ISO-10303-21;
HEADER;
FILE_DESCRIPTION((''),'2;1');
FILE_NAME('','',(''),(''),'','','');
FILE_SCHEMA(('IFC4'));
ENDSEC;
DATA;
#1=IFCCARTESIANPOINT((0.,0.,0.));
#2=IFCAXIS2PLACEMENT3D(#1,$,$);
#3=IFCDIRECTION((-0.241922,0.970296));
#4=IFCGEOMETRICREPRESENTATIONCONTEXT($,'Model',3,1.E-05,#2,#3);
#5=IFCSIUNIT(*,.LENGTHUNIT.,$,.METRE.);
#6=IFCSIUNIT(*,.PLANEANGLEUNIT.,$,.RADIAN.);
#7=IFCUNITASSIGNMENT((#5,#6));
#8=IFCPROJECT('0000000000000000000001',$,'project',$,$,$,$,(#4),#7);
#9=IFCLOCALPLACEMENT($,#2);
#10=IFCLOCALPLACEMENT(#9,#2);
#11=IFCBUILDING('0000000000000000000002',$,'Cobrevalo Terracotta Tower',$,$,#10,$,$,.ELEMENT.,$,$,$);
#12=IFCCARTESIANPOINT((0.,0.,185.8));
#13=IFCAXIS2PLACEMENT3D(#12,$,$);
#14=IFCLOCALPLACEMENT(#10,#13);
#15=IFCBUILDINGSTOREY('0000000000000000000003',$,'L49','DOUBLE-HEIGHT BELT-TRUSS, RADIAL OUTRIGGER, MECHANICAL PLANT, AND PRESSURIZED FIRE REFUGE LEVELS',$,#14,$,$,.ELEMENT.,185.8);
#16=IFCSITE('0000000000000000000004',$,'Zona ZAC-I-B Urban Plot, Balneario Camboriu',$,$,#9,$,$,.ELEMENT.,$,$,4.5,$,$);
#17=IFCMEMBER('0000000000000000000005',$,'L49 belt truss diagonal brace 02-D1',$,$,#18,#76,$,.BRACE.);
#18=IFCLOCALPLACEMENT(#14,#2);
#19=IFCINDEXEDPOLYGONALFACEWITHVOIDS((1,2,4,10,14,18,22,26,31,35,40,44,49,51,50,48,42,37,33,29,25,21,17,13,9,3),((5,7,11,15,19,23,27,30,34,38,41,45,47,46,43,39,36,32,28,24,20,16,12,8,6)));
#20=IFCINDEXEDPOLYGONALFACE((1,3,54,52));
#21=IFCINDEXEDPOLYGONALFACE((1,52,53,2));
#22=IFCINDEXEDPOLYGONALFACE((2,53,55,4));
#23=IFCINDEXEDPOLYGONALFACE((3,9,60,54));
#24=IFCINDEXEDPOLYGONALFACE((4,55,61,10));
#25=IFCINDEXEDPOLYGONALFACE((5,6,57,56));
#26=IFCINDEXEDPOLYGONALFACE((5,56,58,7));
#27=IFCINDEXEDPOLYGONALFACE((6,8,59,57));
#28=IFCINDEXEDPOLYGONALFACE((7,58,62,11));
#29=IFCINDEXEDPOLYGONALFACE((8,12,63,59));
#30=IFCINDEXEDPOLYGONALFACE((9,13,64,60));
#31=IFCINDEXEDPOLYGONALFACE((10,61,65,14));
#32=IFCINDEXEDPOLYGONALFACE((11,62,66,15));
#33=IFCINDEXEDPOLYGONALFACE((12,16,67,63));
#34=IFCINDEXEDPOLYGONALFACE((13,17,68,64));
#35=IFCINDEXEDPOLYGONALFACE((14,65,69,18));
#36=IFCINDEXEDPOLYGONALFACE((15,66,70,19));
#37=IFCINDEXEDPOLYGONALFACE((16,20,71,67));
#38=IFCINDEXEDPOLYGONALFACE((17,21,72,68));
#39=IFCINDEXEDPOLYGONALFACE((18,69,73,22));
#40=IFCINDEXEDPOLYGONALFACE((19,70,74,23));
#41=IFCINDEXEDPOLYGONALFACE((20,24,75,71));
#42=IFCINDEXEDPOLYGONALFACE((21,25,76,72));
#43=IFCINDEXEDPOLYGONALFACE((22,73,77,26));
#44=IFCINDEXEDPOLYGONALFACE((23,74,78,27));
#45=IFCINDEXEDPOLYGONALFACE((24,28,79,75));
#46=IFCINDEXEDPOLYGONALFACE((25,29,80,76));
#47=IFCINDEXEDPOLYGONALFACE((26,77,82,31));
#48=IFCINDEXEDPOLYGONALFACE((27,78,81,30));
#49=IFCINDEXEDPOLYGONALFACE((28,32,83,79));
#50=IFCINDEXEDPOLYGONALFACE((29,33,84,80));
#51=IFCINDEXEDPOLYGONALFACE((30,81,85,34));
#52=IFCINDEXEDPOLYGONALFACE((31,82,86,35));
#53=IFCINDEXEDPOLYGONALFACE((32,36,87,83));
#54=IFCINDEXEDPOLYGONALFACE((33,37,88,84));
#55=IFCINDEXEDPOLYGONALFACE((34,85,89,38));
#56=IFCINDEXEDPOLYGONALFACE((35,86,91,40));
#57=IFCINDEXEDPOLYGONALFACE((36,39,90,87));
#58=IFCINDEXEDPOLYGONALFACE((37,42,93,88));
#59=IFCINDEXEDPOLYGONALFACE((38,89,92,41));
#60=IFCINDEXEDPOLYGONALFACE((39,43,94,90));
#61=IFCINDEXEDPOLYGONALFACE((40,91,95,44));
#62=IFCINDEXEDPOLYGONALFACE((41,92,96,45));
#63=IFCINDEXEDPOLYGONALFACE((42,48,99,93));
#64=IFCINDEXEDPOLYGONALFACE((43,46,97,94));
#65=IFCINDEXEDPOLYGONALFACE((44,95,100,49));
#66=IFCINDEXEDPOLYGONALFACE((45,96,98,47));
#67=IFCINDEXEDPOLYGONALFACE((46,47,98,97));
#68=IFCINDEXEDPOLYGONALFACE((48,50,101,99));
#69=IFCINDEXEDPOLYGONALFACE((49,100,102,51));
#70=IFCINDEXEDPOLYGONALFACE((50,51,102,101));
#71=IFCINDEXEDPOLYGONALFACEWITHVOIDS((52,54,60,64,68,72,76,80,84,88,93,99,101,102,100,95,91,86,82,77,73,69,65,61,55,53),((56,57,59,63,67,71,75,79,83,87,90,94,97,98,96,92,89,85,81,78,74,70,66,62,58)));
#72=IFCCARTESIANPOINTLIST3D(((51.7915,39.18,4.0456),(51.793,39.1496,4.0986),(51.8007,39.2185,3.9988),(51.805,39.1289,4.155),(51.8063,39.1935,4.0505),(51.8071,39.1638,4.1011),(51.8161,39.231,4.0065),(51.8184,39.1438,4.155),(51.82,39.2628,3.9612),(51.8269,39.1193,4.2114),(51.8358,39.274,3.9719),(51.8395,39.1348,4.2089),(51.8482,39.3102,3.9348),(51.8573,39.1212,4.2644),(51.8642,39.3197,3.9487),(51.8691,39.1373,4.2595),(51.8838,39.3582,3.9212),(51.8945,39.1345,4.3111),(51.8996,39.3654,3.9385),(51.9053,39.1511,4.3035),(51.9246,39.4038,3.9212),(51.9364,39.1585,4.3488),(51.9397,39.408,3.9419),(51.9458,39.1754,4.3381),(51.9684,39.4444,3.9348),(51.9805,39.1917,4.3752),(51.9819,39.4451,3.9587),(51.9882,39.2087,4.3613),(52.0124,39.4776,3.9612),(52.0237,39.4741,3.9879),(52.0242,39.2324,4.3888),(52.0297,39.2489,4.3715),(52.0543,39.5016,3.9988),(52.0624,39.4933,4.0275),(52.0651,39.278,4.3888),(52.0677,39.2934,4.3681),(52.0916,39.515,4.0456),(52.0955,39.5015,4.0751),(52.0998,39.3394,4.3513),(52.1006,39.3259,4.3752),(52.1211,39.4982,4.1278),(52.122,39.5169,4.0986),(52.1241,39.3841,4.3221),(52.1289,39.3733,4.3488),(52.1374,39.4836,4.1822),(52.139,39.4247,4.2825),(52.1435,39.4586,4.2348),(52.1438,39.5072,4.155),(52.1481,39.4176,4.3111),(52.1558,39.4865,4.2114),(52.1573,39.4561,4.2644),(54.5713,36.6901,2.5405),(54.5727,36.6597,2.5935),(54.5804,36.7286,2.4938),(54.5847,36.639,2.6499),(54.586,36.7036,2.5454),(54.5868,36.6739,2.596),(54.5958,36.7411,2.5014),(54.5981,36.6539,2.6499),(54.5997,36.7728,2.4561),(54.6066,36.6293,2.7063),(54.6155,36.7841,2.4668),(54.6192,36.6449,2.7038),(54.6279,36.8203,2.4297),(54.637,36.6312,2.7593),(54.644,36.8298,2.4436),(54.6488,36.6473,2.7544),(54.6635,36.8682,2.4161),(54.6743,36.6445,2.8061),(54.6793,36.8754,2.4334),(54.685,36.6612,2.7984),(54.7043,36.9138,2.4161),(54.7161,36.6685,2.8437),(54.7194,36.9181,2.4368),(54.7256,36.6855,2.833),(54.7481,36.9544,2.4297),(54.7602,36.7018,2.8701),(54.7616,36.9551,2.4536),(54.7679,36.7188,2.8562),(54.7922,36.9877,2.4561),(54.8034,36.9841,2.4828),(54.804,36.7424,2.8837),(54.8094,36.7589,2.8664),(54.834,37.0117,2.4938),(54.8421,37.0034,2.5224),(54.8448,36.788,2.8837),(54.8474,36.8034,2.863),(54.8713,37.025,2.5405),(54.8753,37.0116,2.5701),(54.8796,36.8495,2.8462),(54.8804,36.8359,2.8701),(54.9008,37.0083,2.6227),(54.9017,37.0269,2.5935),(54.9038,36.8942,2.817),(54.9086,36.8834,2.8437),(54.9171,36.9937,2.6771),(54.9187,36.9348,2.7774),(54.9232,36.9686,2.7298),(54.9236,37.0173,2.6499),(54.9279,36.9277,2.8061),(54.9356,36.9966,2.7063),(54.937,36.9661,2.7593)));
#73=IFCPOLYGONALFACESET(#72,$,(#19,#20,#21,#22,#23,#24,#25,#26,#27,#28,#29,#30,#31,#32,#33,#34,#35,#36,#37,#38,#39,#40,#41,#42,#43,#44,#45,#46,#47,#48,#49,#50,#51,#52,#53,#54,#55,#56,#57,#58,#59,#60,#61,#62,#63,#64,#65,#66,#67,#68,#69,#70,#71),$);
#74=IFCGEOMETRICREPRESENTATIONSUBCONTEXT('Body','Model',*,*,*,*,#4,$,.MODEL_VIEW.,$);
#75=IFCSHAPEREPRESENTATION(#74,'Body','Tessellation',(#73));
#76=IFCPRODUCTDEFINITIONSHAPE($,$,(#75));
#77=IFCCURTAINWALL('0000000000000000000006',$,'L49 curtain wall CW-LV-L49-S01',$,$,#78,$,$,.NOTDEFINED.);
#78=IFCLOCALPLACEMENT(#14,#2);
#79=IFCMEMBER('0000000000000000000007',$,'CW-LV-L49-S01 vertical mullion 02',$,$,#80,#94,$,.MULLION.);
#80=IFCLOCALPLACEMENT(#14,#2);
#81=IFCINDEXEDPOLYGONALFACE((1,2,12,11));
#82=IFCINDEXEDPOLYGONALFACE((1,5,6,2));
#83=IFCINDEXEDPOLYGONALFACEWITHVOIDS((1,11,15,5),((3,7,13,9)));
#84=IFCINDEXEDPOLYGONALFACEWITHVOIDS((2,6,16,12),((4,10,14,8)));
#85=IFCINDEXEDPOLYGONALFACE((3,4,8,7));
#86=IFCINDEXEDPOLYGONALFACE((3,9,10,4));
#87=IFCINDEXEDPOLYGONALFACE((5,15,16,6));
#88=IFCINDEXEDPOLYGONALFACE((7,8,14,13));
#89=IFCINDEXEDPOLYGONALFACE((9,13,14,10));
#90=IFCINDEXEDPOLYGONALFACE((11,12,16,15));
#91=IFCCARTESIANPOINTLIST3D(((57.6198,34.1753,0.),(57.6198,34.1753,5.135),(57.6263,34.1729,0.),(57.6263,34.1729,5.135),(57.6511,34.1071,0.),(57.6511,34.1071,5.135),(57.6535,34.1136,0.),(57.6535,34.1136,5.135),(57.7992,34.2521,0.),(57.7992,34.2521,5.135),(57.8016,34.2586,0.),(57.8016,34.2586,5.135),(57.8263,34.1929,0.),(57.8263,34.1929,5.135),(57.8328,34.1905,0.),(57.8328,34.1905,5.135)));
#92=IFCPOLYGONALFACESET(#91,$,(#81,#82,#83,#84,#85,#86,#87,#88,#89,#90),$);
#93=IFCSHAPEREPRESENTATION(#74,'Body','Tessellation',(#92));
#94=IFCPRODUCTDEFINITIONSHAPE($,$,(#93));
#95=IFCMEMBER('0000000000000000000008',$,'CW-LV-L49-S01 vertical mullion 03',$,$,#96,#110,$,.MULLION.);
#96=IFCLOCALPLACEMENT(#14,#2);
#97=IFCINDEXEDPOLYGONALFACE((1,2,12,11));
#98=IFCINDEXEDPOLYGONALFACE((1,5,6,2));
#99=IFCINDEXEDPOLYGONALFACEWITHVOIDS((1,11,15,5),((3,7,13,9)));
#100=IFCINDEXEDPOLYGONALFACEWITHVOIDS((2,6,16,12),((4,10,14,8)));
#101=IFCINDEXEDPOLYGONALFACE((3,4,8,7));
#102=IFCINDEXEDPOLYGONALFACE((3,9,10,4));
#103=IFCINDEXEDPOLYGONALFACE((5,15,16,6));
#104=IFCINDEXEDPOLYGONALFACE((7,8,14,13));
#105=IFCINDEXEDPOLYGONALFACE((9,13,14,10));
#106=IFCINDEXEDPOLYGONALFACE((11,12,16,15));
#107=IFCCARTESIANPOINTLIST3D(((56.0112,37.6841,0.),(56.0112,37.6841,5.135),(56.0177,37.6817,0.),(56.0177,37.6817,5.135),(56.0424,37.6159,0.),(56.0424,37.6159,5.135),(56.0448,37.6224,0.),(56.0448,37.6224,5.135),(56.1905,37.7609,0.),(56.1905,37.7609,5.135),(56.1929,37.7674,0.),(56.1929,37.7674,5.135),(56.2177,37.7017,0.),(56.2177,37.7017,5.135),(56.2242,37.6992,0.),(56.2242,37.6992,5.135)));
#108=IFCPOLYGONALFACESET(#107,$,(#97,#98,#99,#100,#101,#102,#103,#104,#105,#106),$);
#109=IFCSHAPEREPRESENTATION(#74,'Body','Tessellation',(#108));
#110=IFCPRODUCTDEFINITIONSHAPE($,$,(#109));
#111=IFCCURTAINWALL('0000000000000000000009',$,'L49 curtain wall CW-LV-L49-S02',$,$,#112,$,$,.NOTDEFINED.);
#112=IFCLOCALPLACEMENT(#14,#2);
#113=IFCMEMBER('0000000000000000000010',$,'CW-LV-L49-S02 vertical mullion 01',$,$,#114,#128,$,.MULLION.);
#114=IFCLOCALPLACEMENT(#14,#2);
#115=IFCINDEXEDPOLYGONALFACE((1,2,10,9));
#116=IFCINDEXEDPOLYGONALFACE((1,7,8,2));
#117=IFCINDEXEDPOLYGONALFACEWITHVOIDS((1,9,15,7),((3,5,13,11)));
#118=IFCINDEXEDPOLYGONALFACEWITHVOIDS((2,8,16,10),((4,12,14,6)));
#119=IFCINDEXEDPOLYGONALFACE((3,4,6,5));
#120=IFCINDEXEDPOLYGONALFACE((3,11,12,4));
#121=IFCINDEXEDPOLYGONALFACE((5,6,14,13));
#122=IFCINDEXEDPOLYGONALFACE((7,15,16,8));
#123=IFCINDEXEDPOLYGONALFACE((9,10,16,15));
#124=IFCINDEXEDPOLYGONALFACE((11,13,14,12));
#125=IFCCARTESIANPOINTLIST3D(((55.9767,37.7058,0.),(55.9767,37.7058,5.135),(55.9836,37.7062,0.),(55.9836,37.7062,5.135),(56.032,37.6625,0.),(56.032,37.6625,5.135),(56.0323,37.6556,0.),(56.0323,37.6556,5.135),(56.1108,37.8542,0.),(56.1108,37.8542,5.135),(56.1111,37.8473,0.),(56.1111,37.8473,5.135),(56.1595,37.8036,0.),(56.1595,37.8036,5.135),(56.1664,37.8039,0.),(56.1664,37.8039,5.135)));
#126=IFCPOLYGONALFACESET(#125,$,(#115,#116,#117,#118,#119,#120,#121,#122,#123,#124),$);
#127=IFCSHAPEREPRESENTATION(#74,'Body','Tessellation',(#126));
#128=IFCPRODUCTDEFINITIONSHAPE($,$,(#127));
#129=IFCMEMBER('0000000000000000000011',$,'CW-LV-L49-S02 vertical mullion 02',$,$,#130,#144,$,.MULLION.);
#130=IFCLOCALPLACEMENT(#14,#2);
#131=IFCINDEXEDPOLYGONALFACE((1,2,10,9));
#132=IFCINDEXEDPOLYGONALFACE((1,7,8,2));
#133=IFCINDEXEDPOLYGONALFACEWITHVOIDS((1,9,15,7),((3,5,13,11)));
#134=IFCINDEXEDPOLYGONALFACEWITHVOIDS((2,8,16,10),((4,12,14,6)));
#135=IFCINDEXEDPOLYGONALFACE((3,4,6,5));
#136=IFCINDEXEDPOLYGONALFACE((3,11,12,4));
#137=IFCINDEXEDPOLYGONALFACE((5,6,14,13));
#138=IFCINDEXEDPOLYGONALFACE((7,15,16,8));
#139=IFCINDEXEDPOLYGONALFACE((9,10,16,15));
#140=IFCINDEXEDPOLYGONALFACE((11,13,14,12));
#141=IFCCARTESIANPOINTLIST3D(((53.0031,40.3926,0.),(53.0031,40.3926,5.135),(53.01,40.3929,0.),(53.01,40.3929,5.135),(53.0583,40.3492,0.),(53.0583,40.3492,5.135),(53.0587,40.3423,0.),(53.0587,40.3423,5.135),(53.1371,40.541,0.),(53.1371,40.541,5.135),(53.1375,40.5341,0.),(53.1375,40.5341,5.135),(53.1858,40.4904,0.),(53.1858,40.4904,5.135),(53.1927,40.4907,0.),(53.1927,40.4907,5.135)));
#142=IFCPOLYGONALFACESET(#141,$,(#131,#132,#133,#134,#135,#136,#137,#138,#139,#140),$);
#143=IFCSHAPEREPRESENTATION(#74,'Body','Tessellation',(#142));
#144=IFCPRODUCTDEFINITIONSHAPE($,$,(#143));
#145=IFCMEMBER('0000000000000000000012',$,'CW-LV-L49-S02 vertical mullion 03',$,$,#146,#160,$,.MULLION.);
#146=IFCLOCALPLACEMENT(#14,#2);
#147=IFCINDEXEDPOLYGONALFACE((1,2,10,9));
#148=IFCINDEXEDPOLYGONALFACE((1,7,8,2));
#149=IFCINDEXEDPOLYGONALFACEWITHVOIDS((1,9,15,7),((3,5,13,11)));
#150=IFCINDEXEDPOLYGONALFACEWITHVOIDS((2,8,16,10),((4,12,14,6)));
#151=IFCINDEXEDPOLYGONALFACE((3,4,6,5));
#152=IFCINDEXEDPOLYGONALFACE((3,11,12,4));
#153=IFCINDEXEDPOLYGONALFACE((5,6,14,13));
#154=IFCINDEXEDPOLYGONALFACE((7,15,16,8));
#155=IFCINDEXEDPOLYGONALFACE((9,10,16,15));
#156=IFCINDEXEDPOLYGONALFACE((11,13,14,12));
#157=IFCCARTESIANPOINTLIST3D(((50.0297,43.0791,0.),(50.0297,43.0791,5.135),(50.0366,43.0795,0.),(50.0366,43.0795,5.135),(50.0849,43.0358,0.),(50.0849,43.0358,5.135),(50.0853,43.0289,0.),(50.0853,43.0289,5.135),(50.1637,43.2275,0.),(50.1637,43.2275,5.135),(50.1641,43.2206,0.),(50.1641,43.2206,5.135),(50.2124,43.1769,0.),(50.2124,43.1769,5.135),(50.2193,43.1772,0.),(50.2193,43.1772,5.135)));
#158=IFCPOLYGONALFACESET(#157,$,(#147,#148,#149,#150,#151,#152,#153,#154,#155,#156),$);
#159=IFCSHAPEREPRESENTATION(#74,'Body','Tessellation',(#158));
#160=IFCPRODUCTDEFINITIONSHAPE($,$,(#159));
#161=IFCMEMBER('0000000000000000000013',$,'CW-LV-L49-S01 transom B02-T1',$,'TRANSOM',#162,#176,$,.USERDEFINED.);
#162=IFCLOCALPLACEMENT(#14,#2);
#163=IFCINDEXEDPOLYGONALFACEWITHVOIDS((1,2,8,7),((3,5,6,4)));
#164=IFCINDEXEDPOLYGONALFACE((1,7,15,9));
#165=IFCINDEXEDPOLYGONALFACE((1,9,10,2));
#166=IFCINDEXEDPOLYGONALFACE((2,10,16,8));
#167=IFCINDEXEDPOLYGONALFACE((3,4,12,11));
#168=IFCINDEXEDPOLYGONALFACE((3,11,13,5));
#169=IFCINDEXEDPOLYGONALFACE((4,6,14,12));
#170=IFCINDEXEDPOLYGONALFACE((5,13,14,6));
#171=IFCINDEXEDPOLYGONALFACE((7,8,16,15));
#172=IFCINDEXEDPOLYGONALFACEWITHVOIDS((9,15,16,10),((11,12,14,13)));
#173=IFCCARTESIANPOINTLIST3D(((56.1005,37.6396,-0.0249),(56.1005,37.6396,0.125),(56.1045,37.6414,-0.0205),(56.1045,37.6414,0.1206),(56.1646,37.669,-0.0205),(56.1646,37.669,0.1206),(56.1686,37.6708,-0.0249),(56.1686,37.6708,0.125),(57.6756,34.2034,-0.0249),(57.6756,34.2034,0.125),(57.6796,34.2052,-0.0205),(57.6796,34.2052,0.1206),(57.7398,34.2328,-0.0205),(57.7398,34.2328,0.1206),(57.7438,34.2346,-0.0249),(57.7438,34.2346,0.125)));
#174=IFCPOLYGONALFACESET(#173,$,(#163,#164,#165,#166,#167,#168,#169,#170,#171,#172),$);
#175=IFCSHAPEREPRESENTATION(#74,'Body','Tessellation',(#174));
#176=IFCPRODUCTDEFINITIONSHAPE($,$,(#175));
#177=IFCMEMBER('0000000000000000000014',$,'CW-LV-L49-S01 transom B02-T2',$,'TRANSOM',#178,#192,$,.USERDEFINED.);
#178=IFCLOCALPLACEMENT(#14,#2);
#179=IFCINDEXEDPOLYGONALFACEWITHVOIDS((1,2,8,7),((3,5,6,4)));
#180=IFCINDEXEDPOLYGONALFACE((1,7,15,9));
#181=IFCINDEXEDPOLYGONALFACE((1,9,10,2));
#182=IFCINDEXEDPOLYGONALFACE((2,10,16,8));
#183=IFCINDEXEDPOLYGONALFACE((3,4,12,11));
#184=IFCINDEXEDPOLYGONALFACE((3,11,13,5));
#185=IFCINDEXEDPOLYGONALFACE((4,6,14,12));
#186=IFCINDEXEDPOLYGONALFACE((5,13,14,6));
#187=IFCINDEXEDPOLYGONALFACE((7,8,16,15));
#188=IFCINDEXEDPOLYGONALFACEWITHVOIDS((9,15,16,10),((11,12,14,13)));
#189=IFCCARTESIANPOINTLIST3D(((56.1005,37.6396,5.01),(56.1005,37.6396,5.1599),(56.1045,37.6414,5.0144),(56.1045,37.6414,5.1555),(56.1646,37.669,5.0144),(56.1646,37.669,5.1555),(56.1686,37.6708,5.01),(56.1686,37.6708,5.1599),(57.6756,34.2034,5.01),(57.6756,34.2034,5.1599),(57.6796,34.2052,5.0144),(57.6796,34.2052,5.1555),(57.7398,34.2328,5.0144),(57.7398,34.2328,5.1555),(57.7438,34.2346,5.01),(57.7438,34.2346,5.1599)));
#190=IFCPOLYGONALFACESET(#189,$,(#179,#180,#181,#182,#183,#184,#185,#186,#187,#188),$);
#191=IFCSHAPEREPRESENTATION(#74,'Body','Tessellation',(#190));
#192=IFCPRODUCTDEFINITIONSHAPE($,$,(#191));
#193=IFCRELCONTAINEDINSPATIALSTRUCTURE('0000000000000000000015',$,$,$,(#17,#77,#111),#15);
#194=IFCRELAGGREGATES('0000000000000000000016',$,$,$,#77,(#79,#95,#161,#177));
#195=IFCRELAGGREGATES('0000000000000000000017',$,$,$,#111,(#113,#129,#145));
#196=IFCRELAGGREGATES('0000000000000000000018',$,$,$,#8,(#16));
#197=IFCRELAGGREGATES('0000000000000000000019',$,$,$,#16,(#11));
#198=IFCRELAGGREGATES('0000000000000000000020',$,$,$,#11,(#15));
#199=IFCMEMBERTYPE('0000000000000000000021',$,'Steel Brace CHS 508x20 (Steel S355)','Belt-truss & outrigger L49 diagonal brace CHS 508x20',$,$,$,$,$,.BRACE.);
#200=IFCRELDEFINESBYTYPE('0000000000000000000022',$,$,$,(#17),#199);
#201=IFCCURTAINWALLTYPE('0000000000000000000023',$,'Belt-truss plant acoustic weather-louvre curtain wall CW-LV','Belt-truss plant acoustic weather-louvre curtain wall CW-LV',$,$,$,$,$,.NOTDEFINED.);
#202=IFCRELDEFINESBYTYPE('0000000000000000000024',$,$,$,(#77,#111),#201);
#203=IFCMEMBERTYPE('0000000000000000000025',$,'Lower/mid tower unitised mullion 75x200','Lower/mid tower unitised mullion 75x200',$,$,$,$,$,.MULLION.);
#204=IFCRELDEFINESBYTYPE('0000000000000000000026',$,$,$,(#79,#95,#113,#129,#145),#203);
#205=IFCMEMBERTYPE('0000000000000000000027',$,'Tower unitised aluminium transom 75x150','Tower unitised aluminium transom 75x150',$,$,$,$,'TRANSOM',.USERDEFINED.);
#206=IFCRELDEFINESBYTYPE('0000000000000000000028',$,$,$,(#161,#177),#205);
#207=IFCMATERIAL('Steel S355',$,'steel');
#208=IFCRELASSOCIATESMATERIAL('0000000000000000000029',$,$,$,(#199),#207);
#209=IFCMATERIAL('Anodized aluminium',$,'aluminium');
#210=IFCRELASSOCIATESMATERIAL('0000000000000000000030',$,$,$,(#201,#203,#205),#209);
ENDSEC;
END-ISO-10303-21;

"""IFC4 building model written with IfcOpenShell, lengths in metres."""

from ifc_helpers import new_model, si_unit, direction, frame, origin, origin_2d, place, context, subcontext, project, spatial, hollow_rectangle, hollow_circle, extrude, source, transform, mapped, material, material_profile, profile_set, type_object, element, aggregate, save


model = new_model("IFC4")

# Units and contexts
model_context = context("Model", 3, precision=1e-05, world=origin(), true_north=direction((-0.241922, 0.970296)))
body_context = subcontext(model_context, "Body", "Model", "MODEL_VIEW")
ifc_project = project(units=[si_unit("LENGTHUNIT", "METRE"), si_unit("PLANEANGLEUNIT", "RADIAN")], contexts=[model_context])

# Site, building, storey
site_placement = place(None, origin())
site = spatial("IfcSite", under=ifc_project, at=site_placement, Name="Zona ZAC-I-B Urban Plot, Balneario Camboriu", CompositionType="ELEMENT", RefElevation=4.5)
building_placement = place(site_placement, origin())
building = spatial("IfcBuilding", under=site, at=building_placement, Name="Cobrevalo Terracotta Tower", CompositionType="ELEMENT")
storey_placement = place(building_placement, frame((0.0, 0.0, 185.8)))
storey = spatial("IfcBuildingStorey", under=building, at=storey_placement, Name="L49", Description="DOUBLE-HEIGHT BELT-TRUSS, RADIAL OUTRIGGER, MECHANICAL PLANT, AND PRESSURIZED FIRE REFUGE LEVELS", CompositionType="ELEMENT", Elevation=185.8)

# Shared definitions
ifc_material_1 = material(Name="Steel S355", Category="steel")

# Member
ifc_material_profile_1 = material_profile(ifc_material_1, hollow_circle(Radius=0.2539, WallThickness=0.02, at=origin_2d()), Name="CHS 508x20")
ifc_profile_set_1 = profile_set([ifc_material_profile_1], Name="Steel S355")
member_type_1 = type_object("IfcMemberType", Name="Steel Brace CHS 508x20 (Steel S355)", Description="Belt-truss & outrigger L49 diagonal brace CHS 508x20", PredefinedType="BRACE", material=ifc_profile_set_1)
shared_shape_1 = source(origin(), body_context, "Body", "SweptSolid", [
    extrude(hollow_circle(Radius=0.2539, WallThickness=0.02, at=origin_2d()), origin(), (0.0, 0.0, 1.0), 4.0239),
])
member_1_placement = place(storey_placement, frame((54.7542, 36.8281, 2.6499), z_axis=(-0.6908, 0.618783, 0.374036), x_axis=(-0.667214, -0.744866, 0.0)))
element("IfcMember", 1, at=member_1_placement, inside=storey, type_object=member_type_1, Name="L49 belt truss diagonal brace 02-D1", PredefinedType="BRACE", context=body_context, shape_type="MappedRepresentation", body=[
    mapped(shared_shape_1, transform((0.0, 0.0, 0.0), scale=1.0)),
])

# Curtain walls, members
ifc_material_2 = material(Name="Anodized aluminium", Category="aluminium")
curtain_wall_type = type_object("IfcCurtainWallType", Name="Belt-truss plant acoustic weather-louvre curtain wall CW-LV", Description="Belt-truss plant acoustic weather-louvre curtain wall CW-LV", PredefinedType="NOTDEFINED", material=ifc_material_2)
curtain_wall_1_placement = place(storey_placement, origin())
curtain_wall_1 = element("IfcCurtainWall", 2, at=curtain_wall_1_placement, inside=storey, type_object=curtain_wall_type, Name="L49 curtain wall CW-LV-L49-S01", PredefinedType="NOTDEFINED")
ifc_material_profile_2 = material_profile(ifc_material_2, hollow_rectangle(XDim=0.075, YDim=0.2, WallThickness=0.0049, at=origin_2d()), Name="CWM 75x200")
ifc_profile_set_2 = profile_set([ifc_material_profile_2], Name="Anodized aluminium")
member_type_2 = type_object("IfcMemberType", Name="Lower/mid tower unitised mullion 75x200", Description="Lower/mid tower unitised mullion 75x200", PredefinedType="MULLION", material=ifc_profile_set_2)
shared_shape_2 = source(origin(), body_context, "Body", "SweptSolid", [
    extrude(hollow_rectangle(XDim=0.075, YDim=0.2, WallThickness=0.0049, at=origin_2d()), origin(), (0.0, 0.0, 1.0), 5.135),
])
member_2_placement = place(storey_placement, frame((57.7263, 34.1829, 0.0), z_axis=(0.0, 0.0, 1.0), x_axis=(-0.416725, 0.909033, 0.0)))
member_2 = element("IfcMember", 3, at=member_2_placement, type_object=member_type_2, Name="CW-LV-L49-S01 vertical mullion 02", PredefinedType="MULLION", context=body_context, shape_type="MappedRepresentation", body=[
    mapped(shared_shape_2, transform((0.0, 0.0, 0.0), scale=1.0)),
])
member_3_placement = place(storey_placement, frame((56.1177, 37.6917, 0.0), z_axis=(0.0, 0.0, 1.0), x_axis=(-0.416725, 0.909033, 0.0)))
member_3 = element("IfcMember", 4, at=member_3_placement, type_object=member_type_2, Name="CW-LV-L49-S01 vertical mullion 03", PredefinedType="MULLION", context=body_context, shape_type="MappedRepresentation", body=[
    mapped(shared_shape_2, transform((0.0, 0.0, 0.0), scale=1.0)),
])
curtain_wall_2_placement = place(storey_placement, origin())
curtain_wall_2 = element("IfcCurtainWall", 5, at=curtain_wall_2_placement, inside=storey, type_object=curtain_wall_type, Name="L49 curtain wall CW-LV-L49-S02", PredefinedType="NOTDEFINED")
member_4_placement = place(storey_placement, frame((56.0715, 37.7549, 0.0), z_axis=(0.0, 0.0, 1.0), x_axis=(-0.741988, 0.670414, 0.0)))
member_4 = element("IfcMember", 6, at=member_4_placement, type_object=member_type_2, Name="CW-LV-L49-S02 vertical mullion 01", PredefinedType="MULLION", context=body_context, shape_type="MappedRepresentation", body=[
    mapped(shared_shape_2, transform((0.0, 0.0, 0.0), scale=1.0)),
])
member_5_placement = place(storey_placement, frame((53.0979, 40.4417, 0.0), z_axis=(0.0, 0.0, 1.0), x_axis=(-0.741988, 0.670414, 0.0)))
member_5 = element("IfcMember", 7, at=member_5_placement, type_object=member_type_2, Name="CW-LV-L49-S02 vertical mullion 02", PredefinedType="MULLION", context=body_context, shape_type="MappedRepresentation", body=[
    mapped(shared_shape_2, transform((0.0, 0.0, 0.0), scale=1.0)),
])
member_6_placement = place(storey_placement, frame((50.1245, 43.1282, 0.0), z_axis=(0.0, 0.0, 1.0), x_axis=(-0.741988, 0.670414, 0.0)))
member_6 = element("IfcMember", 8, at=member_6_placement, type_object=member_type_2, Name="CW-LV-L49-S02 vertical mullion 03", PredefinedType="MULLION", context=body_context, shape_type="MappedRepresentation", body=[
    mapped(shared_shape_2, transform((0.0, 0.0, 0.0), scale=1.0)),
])

# Members
ifc_material_profile_3 = material_profile(ifc_material_2, hollow_rectangle(XDim=0.075, YDim=0.1499, WallThickness=0.0044, at=origin_2d()), Name="CWT 75x150")
ifc_profile_set_3 = profile_set([ifc_material_profile_3], Name="Anodized aluminium")
member_type_3 = type_object("IfcMemberType", Name="Tower unitised aluminium transom 75x150", Description="Tower unitised aluminium transom 75x150", ElementType="TRANSOM", PredefinedType="USERDEFINED", material=ifc_profile_set_3)
shared_shape_3 = source(origin(), body_context, "Body", "SweptSolid", [
    extrude(hollow_rectangle(XDim=0.075, YDim=0.1499, WallThickness=0.0044, at=origin_2d()), origin(), (0.0, 0.0, 1.0), 3.78),
])
member_7_placement = place(storey_placement, frame((57.7097, 34.219, 0.05), z_axis=(-0.416706, 0.909041, 0.0), x_axis=(-0.909041, -0.416706, 0.0)))
member_7 = element("IfcMember", 9, at=member_7_placement, type_object=member_type_3, Name="CW-LV-L49-S01 transom B02-T1", ObjectType="TRANSOM", PredefinedType="USERDEFINED", context=body_context, shape_type="MappedRepresentation", body=[
    mapped(shared_shape_3, transform((0.0, 0.0, 0.0), scale=1.0)),
])
member_8_placement = place(storey_placement, frame((57.7097, 34.219, 5.085), z_axis=(-0.416706, 0.909041, 0.0), x_axis=(-0.909041, -0.416706, 0.0)))
member_8 = element("IfcMember", 10, at=member_8_placement, type_object=member_type_3, Name="CW-LV-L49-S01 transom B02-T2", ObjectType="TRANSOM", PredefinedType="USERDEFINED", context=body_context, shape_type="MappedRepresentation", body=[
    mapped(shared_shape_3, transform((0.0, 0.0, 0.0), scale=1.0)),
])

aggregate(curtain_wall_1, [member_2, member_3, member_7, member_8])
aggregate(curtain_wall_2, [member_4, member_5, member_6])

save(model, "model.ifc")
